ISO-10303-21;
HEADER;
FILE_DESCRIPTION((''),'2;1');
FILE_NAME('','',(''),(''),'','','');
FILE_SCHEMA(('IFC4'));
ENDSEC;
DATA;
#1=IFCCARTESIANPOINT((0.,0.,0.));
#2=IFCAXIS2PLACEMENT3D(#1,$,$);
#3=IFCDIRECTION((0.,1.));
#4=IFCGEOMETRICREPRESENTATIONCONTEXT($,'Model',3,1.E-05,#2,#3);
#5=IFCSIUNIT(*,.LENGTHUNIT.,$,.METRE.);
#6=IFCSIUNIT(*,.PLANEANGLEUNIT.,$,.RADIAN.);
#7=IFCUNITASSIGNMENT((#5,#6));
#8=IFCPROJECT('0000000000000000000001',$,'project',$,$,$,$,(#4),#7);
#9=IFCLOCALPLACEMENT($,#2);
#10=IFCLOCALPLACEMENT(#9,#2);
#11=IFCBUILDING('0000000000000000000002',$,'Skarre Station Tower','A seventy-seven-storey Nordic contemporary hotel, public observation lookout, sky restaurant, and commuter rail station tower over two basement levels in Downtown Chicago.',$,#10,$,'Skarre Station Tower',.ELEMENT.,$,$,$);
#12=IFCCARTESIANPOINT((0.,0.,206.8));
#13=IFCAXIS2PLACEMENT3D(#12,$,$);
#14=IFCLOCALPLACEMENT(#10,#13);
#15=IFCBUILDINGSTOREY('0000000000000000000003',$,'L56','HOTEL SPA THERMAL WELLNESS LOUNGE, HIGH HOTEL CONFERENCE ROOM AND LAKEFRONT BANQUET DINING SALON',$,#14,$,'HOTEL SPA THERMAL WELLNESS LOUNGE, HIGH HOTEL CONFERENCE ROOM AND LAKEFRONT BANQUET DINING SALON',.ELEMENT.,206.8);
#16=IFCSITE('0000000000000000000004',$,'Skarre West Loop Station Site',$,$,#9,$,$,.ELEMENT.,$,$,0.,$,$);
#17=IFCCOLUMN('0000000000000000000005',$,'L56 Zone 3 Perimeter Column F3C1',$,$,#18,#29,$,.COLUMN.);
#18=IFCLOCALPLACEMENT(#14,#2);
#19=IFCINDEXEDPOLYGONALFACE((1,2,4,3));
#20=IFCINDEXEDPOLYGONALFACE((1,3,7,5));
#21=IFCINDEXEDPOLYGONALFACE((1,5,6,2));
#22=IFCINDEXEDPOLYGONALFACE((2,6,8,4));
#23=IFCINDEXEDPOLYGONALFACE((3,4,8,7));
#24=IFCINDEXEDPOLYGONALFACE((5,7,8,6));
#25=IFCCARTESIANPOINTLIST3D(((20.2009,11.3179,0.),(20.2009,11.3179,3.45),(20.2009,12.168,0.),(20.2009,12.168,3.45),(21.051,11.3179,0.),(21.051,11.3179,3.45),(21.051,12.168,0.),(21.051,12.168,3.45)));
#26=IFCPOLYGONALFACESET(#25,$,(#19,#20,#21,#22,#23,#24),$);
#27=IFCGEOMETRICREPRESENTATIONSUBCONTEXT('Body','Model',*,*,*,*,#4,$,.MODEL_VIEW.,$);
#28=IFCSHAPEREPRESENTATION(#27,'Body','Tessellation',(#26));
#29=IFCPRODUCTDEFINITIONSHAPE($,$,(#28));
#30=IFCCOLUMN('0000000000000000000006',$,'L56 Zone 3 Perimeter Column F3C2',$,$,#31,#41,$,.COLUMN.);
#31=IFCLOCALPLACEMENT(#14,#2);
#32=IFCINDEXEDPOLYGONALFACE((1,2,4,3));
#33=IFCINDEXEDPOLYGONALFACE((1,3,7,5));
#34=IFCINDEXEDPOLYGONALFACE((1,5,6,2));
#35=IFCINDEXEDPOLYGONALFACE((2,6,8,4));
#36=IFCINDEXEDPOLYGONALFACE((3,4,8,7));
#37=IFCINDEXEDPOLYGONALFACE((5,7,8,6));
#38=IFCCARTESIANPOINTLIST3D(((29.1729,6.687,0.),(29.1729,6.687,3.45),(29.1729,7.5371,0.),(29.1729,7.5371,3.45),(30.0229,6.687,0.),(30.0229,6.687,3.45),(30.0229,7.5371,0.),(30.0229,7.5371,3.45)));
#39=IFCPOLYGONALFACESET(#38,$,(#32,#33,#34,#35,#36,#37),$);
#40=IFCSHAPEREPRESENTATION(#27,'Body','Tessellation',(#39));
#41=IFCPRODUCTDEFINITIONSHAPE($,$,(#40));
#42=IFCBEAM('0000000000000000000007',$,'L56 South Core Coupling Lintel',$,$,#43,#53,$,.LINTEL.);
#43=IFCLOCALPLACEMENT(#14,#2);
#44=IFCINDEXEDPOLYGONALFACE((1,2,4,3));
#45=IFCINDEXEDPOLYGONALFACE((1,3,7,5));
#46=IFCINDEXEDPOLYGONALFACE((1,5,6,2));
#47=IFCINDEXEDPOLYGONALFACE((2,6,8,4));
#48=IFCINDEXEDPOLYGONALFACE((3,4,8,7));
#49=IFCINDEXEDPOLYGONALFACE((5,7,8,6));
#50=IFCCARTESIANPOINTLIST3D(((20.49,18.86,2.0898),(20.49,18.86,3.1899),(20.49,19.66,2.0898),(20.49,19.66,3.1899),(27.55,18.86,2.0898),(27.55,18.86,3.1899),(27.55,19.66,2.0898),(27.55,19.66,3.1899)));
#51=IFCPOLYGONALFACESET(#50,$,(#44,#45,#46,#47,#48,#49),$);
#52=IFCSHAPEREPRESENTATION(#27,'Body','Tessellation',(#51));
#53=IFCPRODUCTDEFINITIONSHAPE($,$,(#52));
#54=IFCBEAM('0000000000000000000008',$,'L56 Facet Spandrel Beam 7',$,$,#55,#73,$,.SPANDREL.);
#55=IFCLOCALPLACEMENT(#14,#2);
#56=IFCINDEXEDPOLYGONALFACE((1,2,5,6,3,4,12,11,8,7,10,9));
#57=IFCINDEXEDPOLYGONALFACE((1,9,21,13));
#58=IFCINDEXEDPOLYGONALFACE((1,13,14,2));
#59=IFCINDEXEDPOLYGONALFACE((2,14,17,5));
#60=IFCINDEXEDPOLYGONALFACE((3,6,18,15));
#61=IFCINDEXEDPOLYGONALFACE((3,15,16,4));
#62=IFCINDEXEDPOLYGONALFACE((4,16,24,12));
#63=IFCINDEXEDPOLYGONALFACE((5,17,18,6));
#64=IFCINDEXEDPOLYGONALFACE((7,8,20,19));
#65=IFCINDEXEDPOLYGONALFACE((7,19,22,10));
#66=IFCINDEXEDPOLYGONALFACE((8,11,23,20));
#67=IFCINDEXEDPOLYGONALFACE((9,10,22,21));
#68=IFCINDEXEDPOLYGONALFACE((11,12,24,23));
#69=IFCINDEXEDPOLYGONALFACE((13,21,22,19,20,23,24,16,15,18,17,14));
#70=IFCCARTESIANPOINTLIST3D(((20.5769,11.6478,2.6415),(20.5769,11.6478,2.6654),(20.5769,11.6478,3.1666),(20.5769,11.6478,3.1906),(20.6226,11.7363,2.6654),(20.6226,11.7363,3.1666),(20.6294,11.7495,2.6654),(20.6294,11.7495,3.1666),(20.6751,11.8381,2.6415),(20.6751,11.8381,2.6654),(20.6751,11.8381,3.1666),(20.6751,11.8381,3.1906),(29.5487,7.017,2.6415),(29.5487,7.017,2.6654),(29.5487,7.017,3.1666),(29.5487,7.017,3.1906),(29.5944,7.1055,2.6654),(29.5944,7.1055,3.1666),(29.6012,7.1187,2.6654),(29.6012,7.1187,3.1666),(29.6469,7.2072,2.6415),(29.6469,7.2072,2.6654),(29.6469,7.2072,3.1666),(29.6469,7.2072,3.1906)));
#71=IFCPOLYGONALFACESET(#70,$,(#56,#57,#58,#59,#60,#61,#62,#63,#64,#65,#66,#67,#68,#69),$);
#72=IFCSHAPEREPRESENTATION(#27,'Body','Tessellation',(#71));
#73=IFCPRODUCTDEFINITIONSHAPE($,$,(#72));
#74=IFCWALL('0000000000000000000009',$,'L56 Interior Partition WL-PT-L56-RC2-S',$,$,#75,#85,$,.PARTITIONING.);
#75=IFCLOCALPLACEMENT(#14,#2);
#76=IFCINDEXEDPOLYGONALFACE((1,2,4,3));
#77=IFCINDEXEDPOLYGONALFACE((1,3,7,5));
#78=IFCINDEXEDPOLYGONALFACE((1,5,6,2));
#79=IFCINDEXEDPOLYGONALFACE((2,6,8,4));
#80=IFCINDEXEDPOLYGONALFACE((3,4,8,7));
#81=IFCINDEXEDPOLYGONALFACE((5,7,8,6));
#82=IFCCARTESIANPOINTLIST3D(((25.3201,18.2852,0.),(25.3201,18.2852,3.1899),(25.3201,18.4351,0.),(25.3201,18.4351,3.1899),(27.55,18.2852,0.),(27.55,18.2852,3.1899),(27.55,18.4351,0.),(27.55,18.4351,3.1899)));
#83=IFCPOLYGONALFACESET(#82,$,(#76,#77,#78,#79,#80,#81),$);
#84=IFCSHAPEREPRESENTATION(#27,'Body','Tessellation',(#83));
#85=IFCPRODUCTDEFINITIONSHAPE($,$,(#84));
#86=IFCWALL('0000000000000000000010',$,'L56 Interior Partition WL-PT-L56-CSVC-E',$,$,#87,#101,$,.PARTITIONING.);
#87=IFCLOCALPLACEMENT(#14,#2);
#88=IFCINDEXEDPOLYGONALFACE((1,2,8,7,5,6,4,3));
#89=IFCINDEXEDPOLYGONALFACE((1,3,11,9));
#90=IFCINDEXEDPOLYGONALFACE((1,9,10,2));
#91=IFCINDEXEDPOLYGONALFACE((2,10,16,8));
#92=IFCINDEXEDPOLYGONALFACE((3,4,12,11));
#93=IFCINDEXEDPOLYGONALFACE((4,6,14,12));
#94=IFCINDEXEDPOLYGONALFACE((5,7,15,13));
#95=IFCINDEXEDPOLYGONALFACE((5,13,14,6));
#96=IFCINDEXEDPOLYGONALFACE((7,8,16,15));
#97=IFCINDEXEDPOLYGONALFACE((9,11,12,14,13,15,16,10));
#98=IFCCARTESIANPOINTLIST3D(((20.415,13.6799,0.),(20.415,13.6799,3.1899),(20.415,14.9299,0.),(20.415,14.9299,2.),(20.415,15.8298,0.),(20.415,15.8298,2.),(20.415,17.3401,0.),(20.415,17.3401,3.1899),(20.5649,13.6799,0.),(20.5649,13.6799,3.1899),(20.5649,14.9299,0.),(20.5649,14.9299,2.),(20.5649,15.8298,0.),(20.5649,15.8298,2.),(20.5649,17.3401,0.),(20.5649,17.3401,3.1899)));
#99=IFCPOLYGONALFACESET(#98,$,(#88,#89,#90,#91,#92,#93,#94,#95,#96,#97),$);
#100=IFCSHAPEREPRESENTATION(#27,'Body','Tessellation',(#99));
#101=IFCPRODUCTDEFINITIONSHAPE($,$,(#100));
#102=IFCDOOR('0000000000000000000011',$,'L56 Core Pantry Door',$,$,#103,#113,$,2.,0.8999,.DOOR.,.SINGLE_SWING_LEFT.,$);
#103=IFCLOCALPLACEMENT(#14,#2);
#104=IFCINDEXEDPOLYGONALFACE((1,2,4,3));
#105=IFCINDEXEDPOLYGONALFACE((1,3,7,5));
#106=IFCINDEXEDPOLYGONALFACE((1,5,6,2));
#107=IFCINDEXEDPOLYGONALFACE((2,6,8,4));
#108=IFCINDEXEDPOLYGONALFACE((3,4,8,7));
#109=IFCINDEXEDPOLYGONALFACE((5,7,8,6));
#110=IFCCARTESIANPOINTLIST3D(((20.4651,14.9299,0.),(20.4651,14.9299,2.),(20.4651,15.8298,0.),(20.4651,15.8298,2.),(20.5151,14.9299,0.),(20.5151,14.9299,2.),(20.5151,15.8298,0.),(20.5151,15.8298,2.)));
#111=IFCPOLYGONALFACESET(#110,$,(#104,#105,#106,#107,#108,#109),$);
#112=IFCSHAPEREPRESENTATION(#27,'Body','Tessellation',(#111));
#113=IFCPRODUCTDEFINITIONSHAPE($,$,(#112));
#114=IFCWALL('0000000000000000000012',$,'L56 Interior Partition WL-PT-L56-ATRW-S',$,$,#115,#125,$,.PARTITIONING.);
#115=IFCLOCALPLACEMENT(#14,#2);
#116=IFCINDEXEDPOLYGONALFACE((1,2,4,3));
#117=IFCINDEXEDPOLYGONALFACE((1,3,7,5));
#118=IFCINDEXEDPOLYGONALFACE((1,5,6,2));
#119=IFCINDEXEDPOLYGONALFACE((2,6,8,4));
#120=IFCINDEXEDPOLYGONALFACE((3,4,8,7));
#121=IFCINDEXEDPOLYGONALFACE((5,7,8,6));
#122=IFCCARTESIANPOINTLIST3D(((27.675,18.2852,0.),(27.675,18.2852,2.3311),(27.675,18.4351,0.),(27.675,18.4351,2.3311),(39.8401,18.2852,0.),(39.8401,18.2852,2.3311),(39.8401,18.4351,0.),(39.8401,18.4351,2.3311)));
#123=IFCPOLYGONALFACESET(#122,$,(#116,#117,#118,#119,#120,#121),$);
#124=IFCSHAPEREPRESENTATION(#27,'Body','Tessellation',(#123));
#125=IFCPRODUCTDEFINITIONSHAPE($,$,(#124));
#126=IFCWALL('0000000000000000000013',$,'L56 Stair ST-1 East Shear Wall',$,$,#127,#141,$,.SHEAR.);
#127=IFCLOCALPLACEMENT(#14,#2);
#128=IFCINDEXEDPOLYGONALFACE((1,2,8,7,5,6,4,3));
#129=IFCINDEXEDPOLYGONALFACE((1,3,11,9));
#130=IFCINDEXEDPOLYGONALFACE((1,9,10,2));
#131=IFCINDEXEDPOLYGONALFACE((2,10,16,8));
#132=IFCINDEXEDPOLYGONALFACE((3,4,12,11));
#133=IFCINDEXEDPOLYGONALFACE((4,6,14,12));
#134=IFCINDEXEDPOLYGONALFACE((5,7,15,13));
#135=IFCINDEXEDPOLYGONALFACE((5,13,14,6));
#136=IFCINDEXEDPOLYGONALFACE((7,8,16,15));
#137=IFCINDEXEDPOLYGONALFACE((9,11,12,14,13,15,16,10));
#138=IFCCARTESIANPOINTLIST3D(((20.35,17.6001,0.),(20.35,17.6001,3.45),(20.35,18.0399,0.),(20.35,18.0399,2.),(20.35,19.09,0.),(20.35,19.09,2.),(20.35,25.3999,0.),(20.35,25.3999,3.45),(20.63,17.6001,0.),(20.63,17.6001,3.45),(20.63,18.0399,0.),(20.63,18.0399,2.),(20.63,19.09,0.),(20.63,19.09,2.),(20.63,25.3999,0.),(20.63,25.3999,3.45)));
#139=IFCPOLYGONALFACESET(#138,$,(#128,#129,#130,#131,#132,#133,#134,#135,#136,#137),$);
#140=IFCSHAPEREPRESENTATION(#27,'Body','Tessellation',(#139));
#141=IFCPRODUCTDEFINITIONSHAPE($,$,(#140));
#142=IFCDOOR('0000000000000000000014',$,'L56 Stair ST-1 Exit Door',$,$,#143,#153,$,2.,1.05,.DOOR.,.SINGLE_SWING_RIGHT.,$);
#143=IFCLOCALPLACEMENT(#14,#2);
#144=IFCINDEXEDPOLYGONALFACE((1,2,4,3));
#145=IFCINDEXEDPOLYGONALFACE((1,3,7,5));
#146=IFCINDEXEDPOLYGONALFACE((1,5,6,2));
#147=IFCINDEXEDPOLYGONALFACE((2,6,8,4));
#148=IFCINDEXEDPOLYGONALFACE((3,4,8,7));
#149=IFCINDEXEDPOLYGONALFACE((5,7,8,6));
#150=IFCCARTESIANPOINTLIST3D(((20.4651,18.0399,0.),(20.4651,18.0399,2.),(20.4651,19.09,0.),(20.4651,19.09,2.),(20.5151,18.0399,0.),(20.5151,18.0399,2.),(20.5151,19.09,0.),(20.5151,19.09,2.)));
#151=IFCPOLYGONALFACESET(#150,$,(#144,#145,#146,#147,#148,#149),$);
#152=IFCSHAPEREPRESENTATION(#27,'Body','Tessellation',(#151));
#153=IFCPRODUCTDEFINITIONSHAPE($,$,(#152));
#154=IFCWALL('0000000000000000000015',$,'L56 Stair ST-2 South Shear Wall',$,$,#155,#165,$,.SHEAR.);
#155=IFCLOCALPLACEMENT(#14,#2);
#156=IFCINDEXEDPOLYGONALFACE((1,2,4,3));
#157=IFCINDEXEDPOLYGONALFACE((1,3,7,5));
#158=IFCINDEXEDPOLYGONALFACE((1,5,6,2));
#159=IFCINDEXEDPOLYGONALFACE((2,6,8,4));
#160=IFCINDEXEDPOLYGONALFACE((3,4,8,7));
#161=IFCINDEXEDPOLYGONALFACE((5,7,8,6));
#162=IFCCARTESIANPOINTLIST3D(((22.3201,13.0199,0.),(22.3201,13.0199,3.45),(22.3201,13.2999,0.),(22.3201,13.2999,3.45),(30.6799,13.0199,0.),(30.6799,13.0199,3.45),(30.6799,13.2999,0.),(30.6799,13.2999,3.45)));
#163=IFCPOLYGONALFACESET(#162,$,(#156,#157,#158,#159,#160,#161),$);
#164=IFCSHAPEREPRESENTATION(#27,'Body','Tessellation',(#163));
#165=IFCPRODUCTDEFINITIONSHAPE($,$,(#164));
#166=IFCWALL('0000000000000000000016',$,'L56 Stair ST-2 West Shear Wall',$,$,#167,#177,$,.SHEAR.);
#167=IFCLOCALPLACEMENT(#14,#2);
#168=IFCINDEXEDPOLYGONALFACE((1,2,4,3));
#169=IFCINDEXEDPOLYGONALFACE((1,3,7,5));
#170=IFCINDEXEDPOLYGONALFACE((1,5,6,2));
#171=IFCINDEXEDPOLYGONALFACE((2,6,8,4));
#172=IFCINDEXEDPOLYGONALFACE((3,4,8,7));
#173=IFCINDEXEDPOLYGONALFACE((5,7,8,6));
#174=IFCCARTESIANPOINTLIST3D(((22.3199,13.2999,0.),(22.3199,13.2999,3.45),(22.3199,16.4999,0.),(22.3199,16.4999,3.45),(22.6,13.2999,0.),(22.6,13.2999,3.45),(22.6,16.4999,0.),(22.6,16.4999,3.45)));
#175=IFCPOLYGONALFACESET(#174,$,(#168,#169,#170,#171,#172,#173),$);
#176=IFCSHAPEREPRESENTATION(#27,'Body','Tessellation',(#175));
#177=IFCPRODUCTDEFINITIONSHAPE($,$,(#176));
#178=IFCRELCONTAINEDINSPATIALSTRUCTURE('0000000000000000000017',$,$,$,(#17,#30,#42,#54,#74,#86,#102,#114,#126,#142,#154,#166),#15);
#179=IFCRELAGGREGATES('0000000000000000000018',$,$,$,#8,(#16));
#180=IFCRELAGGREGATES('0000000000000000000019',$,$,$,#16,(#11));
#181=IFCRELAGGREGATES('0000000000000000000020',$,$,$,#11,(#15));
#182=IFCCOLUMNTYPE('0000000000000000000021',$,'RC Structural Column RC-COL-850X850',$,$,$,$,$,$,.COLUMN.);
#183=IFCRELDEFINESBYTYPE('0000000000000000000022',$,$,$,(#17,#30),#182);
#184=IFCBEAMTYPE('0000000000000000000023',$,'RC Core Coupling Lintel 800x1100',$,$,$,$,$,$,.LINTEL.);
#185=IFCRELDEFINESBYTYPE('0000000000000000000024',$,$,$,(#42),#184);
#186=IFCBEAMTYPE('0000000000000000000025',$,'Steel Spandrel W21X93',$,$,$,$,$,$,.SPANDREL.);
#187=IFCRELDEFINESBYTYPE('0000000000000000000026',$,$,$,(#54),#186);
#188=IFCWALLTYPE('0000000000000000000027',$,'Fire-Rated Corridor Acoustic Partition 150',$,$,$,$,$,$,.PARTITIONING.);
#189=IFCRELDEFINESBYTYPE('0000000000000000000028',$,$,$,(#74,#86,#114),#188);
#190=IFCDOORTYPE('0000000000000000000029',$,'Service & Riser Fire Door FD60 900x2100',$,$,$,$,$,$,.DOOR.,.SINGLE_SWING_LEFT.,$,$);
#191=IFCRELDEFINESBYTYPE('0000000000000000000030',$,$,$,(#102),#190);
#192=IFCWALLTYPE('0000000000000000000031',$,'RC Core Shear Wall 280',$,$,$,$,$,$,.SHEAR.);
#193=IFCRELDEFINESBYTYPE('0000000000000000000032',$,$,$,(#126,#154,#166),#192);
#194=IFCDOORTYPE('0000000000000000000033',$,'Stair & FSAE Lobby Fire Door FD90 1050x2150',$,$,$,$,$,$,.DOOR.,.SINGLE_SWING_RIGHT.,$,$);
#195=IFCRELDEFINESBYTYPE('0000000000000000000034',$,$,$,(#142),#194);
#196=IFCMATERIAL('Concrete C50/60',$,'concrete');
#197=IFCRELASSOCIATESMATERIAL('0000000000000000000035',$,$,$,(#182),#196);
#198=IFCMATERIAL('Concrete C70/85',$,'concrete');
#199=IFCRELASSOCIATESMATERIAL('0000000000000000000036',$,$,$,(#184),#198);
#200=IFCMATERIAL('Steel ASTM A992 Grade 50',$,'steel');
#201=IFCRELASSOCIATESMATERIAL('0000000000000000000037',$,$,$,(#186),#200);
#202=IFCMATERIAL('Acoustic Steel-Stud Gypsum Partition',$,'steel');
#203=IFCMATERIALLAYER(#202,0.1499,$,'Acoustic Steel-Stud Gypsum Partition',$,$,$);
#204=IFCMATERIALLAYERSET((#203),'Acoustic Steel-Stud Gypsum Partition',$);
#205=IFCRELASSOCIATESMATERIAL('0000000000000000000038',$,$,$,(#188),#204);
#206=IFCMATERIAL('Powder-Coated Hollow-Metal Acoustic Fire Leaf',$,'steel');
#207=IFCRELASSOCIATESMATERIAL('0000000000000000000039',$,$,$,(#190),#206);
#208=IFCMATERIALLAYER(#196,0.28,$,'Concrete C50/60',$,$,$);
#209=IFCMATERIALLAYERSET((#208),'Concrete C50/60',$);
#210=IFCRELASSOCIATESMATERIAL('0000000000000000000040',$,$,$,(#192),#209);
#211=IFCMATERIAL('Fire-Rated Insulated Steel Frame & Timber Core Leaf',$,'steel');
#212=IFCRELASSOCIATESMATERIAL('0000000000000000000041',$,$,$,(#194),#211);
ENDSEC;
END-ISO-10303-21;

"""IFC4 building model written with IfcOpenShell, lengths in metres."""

from ifc_helpers import new_model, si_unit, direction, frame, frame_2d, origin, origin_2d, place, context, subcontext, project, spatial, rectangle, i_section, extrude, material, layer, layer_set, material_profile, profile_set, type_object, element, fill, save


model = new_model("IFC4")

# Units and contexts
model_context = context("Model", 3, precision=1e-05, world=origin(), true_north=direction((0.0, 1.0)))
body_context = subcontext(model_context, "Body", "Model", "MODEL_VIEW")
ifc_project = project(units=[si_unit("LENGTHUNIT", "METRE"), si_unit("PLANEANGLEUNIT", "RADIAN")], contexts=[model_context])

# Site, building, storey
site_placement = place(None, origin())
site = spatial("IfcSite", under=ifc_project, at=site_placement, Name="Skarre West Loop Station Site", CompositionType="ELEMENT", RefElevation=0.0)
building_placement = place(site_placement, origin())
building = spatial("IfcBuilding", under=site, at=building_placement, Name="Skarre Station Tower", Description="A seventy-seven-storey Nordic contemporary hotel, public observation lookout, sky restaurant, and commuter rail station tower over two basement levels in Downtown Chicago.", LongName="Skarre Station Tower", CompositionType="ELEMENT")
storey_placement = place(building_placement, frame((0.0, 0.0, 206.8)))
storey = spatial("IfcBuildingStorey", under=building, at=storey_placement, Name="L56", Description="HOTEL SPA THERMAL WELLNESS LOUNGE, HIGH HOTEL CONFERENCE ROOM AND LAKEFRONT BANQUET DINING SALON", LongName="HOTEL SPA THERMAL WELLNESS LOUNGE, HIGH HOTEL CONFERENCE ROOM AND LAKEFRONT BANQUET DINING SALON", CompositionType="ELEMENT", Elevation=206.8)

# Columns
ifc_material_1 = material(Name="Concrete C50/60", Category="concrete")
ifc_material_profile_1 = material_profile(ifc_material_1, rectangle(XDim=0.8501, YDim=0.8501, at=origin_2d()), Name="Concrete C50/60")
ifc_profile_set_1 = profile_set([ifc_material_profile_1], Name="Concrete C50/60")
column_type = type_object("IfcColumnType", Name="RC Structural Column RC-COL-850X850", PredefinedType="COLUMN", material=ifc_profile_set_1)
for number, where, z_axis, x_axis, name in (
    (1, (20.626, 11.7429, 0.0), (0.0, 0.0, 1.0), (1.0, 0.0, 0.0), "L56 Zone 3 Perimeter Column F3C1"),
    (2, (29.5979, 7.1121, 0.0), (0.0, 0.0, 1.0), (1.0, 0.0, 0.0), "L56 Zone 3 Perimeter Column F3C2"),
):
    element("IfcColumn", number, at=place(storey_placement, frame(where, z_axis=z_axis, x_axis=x_axis)), inside=storey, type_object=column_type, Name=name, PredefinedType="COLUMN", context=body_context, shape_type="SweptSolid", body=[
        extrude(rectangle(XDim=0.8501, YDim=0.8501, at=origin_2d()), origin(), (0.0, 0.0, 1.0), 3.45),
    ])

# Beams
ifc_material_2 = material(Name="Concrete C70/85", Category="concrete")
ifc_material_profile_2 = material_profile(ifc_material_2, rectangle(XDim=0.8, YDim=1.1001, at=origin_2d()), Name="Concrete C70/85")
ifc_profile_set_2 = profile_set([ifc_material_profile_2], Name="Concrete C70/85")
beam_type_1 = type_object("IfcBeamType", Name="RC Core Coupling Lintel 800x1100", PredefinedType="LINTEL", material=ifc_profile_set_2)
beam_1_placement = place(storey_placement, frame((20.49, 19.26, 2.6399), z_axis=(1.0, 0.0, 0.0), x_axis=(0.0, 1.0, 0.0)))
element("IfcBeam", 3, at=beam_1_placement, inside=storey, type_object=beam_type_1, Name="L56 South Core Coupling Lintel", PredefinedType="LINTEL", context=body_context, shape_type="SweptSolid", body=[
    extrude(rectangle(XDim=0.8, YDim=1.1001, at=origin_2d()), origin(), (0.0, 0.0, 1.0), 7.0601),
])
ifc_material_3 = material(Name="Steel ASTM A992 Grade 50", Category="steel")
ifc_material_profile_3 = material_profile(ifc_material_3, i_section(OverallWidth=0.2141, OverallDepth=0.5491, WebThickness=0.0149, FlangeThickness=0.0239, at=origin_2d()), Name="Steel ASTM A992 Grade 50")
ifc_profile_set_3 = profile_set([ifc_material_profile_3], Name="Steel ASTM A992 Grade 50")
beam_type_2 = type_object("IfcBeamType", Name="Steel Spandrel W21X93", PredefinedType="SPANDREL", material=ifc_profile_set_3)
beam_2_placement = place(storey_placement, frame((20.626, 11.7429, 2.916), z_axis=(0.888613, -0.458658, 0.0), x_axis=(0.458658, 0.888613, 0.0)))
element("IfcBeam", 4, at=beam_2_placement, inside=storey, type_object=beam_type_2, Name="L56 Facet Spandrel Beam 7", PredefinedType="SPANDREL", context=body_context, shape_type="SweptSolid", body=[
    extrude(i_section(OverallWidth=0.2141, OverallDepth=0.5491, WebThickness=0.0149, FlangeThickness=0.0239, at=origin_2d()), origin(), (0.0, 0.0, 1.0), 10.0964),
])

# Wall
ifc_material_4 = material(Name="Acoustic Steel-Stud Gypsum Partition", Category="steel")
ifc_layer_1 = layer(ifc_material_4, 0.1499, Name="Acoustic Steel-Stud Gypsum Partition")
ifc_layer_set_1 = layer_set([ifc_layer_1], Name="Acoustic Steel-Stud Gypsum Partition")
wall_type_1 = type_object("IfcWallType", Name="Fire-Rated Corridor Acoustic Partition 150", PredefinedType="PARTITIONING", material=ifc_layer_set_1)
wall_1_placement = place(storey_placement, frame((25.3201, 18.3601, 0.0), z_axis=(0.0, 0.0, 1.0), x_axis=(1.0, 0.0, 0.0)))
element("IfcWall", 5, at=wall_1_placement, inside=storey, type_object=wall_type_1, Name="L56 Interior Partition WL-PT-L56-RC2-S", PredefinedType="PARTITIONING", context=body_context, shape_type="SweptSolid", body=[
    extrude(rectangle(XDim=2.23, YDim=0.1499, at=frame_2d((1.115, 0.0))), origin(), (0.0, 0.0, 1.0), 3.1899),
])

# Wall, opening, door
wall_2_placement = place(storey_placement, frame((20.49, 13.6799, 0.0), z_axis=(0.0, 0.0, 1.0), x_axis=(0.0, 1.0, 0.0)))
wall_2 = element("IfcWall", 6, at=wall_2_placement, inside=storey, type_object=wall_type_1, Name="L56 Interior Partition WL-PT-L56-CSVC-E", PredefinedType="PARTITIONING", context=body_context, shape_type="SweptSolid", body=[
    extrude(rectangle(XDim=3.6602, YDim=0.1499, at=frame_2d((1.8301, 0.0))), origin(), (0.0, 0.0, 1.0), 3.1899),
])
opening_1_placement = place(wall_2_placement, frame((1.25, 0.0, 0.0)))
opening_1 = element("IfcOpeningElement", 7, at=opening_1_placement, cuts=wall_2, PredefinedType="OPENING", context=body_context, shape_type="SweptSolid", body=[
    extrude(rectangle(XDim=0.8999, YDim=2.0, at=frame_2d((0.45, 1.0))), frame((0.0, 0.085, 0.0), z_axis=(0.0, -1.0, 0.0), x_axis=(1.0, 0.0, 0.0)), (0.0, 0.0, 1.0), 0.1699),
])
ifc_material_5 = material(Name="Powder-Coated Hollow-Metal Acoustic Fire Leaf", Category="steel")
door_type_1 = type_object("IfcDoorType", Name="Service & Riser Fire Door FD60 900x2100", OperationType="SINGLE_SWING_LEFT", PredefinedType="DOOR", material=ifc_material_5)
door_1_placement = place(opening_1_placement, origin())
door_1 = element("IfcDoor", 8, at=door_1_placement, inside=storey, type_object=door_type_1, Name="L56 Core Pantry Door", OperationType="SINGLE_SWING_LEFT", OverallHeight=2.0, OverallWidth=0.8999, PredefinedType="DOOR", context=body_context, shape_type="SweptSolid", body=[
    extrude(rectangle(XDim=0.8999, YDim=2.0, at=frame_2d((0.45, 1.0))), frame((0.0, 0.0249, 0.0), z_axis=(0.0, -1.0, 0.0), x_axis=(1.0, 0.0, 0.0)), (0.0, 0.0, 1.0), 0.05),
])
fill(opening_1, door_1)

# Wall
wall_3_placement = place(storey_placement, frame((27.675, 18.3601, 0.0), z_axis=(0.0, 0.0, 1.0), x_axis=(1.0, 0.0, 0.0)))
element("IfcWall", 9, at=wall_3_placement, inside=storey, type_object=wall_type_1, Name="L56 Interior Partition WL-PT-L56-ATRW-S", PredefinedType="PARTITIONING", context=body_context, shape_type="SweptSolid", body=[
    extrude(rectangle(XDim=12.165, YDim=0.1499, at=frame_2d((6.0825, 0.0))), origin(), (0.0, 0.0, 1.0), 2.3311),
])

# Wall, opening, door
ifc_layer_2 = layer(ifc_material_1, 0.28, Name="Concrete C50/60")
ifc_layer_set_2 = layer_set([ifc_layer_2], Name="Concrete C50/60")
wall_type_2 = type_object("IfcWallType", Name="RC Core Shear Wall 280", PredefinedType="SHEAR", material=ifc_layer_set_2)
wall_4_placement = place(storey_placement, frame((20.49, 17.6001, 0.0), z_axis=(0.0, 0.0, 1.0), x_axis=(0.0, 1.0, 0.0)))
wall_4 = element("IfcWall", 10, at=wall_4_placement, inside=storey, type_object=wall_type_2, Name="L56 Stair ST-1 East Shear Wall", PredefinedType="SHEAR", context=body_context, shape_type="SweptSolid", body=[
    extrude(rectangle(XDim=7.7998, YDim=0.28, at=frame_2d((3.8999, 0.0))), origin(), (0.0, 0.0, 1.0), 3.45),
])
opening_2_placement = place(wall_4_placement, frame((0.4399, 0.0, 0.0)))
opening_2 = element("IfcOpeningElement", 11, at=opening_2_placement, cuts=wall_4, PredefinedType="OPENING", context=body_context, shape_type="SweptSolid", body=[
    extrude(rectangle(XDim=1.05, YDim=2.0, at=frame_2d((0.5249, 1.0))), frame((0.0, 0.1499, 0.0), z_axis=(0.0, -1.0, 0.0), x_axis=(1.0, 0.0, 0.0)), (0.0, 0.0, 1.0), 0.3),
])
ifc_material_6 = material(Name="Fire-Rated Insulated Steel Frame & Timber Core Leaf", Category="steel")
door_type_2 = type_object("IfcDoorType", Name="Stair & FSAE Lobby Fire Door FD90 1050x2150", OperationType="SINGLE_SWING_RIGHT", PredefinedType="DOOR", material=ifc_material_6)
door_2_placement = place(opening_2_placement, origin())
door_2 = element("IfcDoor", 12, at=door_2_placement, inside=storey, type_object=door_type_2, Name="L56 Stair ST-1 Exit Door", OperationType="SINGLE_SWING_RIGHT", OverallHeight=2.0, OverallWidth=1.05, PredefinedType="DOOR", context=body_context, shape_type="SweptSolid", body=[
    extrude(rectangle(XDim=1.05, YDim=2.0, at=frame_2d((0.5249, 1.0))), frame((0.0, 0.0249, 0.0), z_axis=(0.0, -1.0, 0.0), x_axis=(1.0, 0.0, 0.0)), (0.0, 0.0, 1.0), 0.05),
])
fill(opening_2, door_2)

# Walls
wall_5_placement = place(storey_placement, frame((22.3201, 13.1599, 0.0), z_axis=(0.0, 0.0, 1.0), x_axis=(1.0, 0.0, 0.0)))
element("IfcWall", 13, at=wall_5_placement, inside=storey, type_object=wall_type_2, Name="L56 Stair ST-2 South Shear Wall", PredefinedType="SHEAR", context=body_context, shape_type="SweptSolid", body=[
    extrude(rectangle(XDim=8.3599, YDim=0.28, at=frame_2d((4.1799, 0.0))), origin(), (0.0, 0.0, 1.0), 3.45),
])
wall_6_placement = place(storey_placement, frame((22.46, 16.5, 0.0), z_axis=(0.0, 0.0, 1.0), x_axis=(0.0, -1.0, 0.0)))
element("IfcWall", 14, at=wall_6_placement, inside=storey, type_object=wall_type_2, Name="L56 Stair ST-2 West Shear Wall", PredefinedType="SHEAR", context=body_context, shape_type="SweptSolid", body=[
    extrude(rectangle(XDim=3.2, YDim=0.28, at=frame_2d((1.6001, 0.0))), origin(), (0.0, 0.0, 1.0), 3.45),
])

save(model, "model.ifc")
